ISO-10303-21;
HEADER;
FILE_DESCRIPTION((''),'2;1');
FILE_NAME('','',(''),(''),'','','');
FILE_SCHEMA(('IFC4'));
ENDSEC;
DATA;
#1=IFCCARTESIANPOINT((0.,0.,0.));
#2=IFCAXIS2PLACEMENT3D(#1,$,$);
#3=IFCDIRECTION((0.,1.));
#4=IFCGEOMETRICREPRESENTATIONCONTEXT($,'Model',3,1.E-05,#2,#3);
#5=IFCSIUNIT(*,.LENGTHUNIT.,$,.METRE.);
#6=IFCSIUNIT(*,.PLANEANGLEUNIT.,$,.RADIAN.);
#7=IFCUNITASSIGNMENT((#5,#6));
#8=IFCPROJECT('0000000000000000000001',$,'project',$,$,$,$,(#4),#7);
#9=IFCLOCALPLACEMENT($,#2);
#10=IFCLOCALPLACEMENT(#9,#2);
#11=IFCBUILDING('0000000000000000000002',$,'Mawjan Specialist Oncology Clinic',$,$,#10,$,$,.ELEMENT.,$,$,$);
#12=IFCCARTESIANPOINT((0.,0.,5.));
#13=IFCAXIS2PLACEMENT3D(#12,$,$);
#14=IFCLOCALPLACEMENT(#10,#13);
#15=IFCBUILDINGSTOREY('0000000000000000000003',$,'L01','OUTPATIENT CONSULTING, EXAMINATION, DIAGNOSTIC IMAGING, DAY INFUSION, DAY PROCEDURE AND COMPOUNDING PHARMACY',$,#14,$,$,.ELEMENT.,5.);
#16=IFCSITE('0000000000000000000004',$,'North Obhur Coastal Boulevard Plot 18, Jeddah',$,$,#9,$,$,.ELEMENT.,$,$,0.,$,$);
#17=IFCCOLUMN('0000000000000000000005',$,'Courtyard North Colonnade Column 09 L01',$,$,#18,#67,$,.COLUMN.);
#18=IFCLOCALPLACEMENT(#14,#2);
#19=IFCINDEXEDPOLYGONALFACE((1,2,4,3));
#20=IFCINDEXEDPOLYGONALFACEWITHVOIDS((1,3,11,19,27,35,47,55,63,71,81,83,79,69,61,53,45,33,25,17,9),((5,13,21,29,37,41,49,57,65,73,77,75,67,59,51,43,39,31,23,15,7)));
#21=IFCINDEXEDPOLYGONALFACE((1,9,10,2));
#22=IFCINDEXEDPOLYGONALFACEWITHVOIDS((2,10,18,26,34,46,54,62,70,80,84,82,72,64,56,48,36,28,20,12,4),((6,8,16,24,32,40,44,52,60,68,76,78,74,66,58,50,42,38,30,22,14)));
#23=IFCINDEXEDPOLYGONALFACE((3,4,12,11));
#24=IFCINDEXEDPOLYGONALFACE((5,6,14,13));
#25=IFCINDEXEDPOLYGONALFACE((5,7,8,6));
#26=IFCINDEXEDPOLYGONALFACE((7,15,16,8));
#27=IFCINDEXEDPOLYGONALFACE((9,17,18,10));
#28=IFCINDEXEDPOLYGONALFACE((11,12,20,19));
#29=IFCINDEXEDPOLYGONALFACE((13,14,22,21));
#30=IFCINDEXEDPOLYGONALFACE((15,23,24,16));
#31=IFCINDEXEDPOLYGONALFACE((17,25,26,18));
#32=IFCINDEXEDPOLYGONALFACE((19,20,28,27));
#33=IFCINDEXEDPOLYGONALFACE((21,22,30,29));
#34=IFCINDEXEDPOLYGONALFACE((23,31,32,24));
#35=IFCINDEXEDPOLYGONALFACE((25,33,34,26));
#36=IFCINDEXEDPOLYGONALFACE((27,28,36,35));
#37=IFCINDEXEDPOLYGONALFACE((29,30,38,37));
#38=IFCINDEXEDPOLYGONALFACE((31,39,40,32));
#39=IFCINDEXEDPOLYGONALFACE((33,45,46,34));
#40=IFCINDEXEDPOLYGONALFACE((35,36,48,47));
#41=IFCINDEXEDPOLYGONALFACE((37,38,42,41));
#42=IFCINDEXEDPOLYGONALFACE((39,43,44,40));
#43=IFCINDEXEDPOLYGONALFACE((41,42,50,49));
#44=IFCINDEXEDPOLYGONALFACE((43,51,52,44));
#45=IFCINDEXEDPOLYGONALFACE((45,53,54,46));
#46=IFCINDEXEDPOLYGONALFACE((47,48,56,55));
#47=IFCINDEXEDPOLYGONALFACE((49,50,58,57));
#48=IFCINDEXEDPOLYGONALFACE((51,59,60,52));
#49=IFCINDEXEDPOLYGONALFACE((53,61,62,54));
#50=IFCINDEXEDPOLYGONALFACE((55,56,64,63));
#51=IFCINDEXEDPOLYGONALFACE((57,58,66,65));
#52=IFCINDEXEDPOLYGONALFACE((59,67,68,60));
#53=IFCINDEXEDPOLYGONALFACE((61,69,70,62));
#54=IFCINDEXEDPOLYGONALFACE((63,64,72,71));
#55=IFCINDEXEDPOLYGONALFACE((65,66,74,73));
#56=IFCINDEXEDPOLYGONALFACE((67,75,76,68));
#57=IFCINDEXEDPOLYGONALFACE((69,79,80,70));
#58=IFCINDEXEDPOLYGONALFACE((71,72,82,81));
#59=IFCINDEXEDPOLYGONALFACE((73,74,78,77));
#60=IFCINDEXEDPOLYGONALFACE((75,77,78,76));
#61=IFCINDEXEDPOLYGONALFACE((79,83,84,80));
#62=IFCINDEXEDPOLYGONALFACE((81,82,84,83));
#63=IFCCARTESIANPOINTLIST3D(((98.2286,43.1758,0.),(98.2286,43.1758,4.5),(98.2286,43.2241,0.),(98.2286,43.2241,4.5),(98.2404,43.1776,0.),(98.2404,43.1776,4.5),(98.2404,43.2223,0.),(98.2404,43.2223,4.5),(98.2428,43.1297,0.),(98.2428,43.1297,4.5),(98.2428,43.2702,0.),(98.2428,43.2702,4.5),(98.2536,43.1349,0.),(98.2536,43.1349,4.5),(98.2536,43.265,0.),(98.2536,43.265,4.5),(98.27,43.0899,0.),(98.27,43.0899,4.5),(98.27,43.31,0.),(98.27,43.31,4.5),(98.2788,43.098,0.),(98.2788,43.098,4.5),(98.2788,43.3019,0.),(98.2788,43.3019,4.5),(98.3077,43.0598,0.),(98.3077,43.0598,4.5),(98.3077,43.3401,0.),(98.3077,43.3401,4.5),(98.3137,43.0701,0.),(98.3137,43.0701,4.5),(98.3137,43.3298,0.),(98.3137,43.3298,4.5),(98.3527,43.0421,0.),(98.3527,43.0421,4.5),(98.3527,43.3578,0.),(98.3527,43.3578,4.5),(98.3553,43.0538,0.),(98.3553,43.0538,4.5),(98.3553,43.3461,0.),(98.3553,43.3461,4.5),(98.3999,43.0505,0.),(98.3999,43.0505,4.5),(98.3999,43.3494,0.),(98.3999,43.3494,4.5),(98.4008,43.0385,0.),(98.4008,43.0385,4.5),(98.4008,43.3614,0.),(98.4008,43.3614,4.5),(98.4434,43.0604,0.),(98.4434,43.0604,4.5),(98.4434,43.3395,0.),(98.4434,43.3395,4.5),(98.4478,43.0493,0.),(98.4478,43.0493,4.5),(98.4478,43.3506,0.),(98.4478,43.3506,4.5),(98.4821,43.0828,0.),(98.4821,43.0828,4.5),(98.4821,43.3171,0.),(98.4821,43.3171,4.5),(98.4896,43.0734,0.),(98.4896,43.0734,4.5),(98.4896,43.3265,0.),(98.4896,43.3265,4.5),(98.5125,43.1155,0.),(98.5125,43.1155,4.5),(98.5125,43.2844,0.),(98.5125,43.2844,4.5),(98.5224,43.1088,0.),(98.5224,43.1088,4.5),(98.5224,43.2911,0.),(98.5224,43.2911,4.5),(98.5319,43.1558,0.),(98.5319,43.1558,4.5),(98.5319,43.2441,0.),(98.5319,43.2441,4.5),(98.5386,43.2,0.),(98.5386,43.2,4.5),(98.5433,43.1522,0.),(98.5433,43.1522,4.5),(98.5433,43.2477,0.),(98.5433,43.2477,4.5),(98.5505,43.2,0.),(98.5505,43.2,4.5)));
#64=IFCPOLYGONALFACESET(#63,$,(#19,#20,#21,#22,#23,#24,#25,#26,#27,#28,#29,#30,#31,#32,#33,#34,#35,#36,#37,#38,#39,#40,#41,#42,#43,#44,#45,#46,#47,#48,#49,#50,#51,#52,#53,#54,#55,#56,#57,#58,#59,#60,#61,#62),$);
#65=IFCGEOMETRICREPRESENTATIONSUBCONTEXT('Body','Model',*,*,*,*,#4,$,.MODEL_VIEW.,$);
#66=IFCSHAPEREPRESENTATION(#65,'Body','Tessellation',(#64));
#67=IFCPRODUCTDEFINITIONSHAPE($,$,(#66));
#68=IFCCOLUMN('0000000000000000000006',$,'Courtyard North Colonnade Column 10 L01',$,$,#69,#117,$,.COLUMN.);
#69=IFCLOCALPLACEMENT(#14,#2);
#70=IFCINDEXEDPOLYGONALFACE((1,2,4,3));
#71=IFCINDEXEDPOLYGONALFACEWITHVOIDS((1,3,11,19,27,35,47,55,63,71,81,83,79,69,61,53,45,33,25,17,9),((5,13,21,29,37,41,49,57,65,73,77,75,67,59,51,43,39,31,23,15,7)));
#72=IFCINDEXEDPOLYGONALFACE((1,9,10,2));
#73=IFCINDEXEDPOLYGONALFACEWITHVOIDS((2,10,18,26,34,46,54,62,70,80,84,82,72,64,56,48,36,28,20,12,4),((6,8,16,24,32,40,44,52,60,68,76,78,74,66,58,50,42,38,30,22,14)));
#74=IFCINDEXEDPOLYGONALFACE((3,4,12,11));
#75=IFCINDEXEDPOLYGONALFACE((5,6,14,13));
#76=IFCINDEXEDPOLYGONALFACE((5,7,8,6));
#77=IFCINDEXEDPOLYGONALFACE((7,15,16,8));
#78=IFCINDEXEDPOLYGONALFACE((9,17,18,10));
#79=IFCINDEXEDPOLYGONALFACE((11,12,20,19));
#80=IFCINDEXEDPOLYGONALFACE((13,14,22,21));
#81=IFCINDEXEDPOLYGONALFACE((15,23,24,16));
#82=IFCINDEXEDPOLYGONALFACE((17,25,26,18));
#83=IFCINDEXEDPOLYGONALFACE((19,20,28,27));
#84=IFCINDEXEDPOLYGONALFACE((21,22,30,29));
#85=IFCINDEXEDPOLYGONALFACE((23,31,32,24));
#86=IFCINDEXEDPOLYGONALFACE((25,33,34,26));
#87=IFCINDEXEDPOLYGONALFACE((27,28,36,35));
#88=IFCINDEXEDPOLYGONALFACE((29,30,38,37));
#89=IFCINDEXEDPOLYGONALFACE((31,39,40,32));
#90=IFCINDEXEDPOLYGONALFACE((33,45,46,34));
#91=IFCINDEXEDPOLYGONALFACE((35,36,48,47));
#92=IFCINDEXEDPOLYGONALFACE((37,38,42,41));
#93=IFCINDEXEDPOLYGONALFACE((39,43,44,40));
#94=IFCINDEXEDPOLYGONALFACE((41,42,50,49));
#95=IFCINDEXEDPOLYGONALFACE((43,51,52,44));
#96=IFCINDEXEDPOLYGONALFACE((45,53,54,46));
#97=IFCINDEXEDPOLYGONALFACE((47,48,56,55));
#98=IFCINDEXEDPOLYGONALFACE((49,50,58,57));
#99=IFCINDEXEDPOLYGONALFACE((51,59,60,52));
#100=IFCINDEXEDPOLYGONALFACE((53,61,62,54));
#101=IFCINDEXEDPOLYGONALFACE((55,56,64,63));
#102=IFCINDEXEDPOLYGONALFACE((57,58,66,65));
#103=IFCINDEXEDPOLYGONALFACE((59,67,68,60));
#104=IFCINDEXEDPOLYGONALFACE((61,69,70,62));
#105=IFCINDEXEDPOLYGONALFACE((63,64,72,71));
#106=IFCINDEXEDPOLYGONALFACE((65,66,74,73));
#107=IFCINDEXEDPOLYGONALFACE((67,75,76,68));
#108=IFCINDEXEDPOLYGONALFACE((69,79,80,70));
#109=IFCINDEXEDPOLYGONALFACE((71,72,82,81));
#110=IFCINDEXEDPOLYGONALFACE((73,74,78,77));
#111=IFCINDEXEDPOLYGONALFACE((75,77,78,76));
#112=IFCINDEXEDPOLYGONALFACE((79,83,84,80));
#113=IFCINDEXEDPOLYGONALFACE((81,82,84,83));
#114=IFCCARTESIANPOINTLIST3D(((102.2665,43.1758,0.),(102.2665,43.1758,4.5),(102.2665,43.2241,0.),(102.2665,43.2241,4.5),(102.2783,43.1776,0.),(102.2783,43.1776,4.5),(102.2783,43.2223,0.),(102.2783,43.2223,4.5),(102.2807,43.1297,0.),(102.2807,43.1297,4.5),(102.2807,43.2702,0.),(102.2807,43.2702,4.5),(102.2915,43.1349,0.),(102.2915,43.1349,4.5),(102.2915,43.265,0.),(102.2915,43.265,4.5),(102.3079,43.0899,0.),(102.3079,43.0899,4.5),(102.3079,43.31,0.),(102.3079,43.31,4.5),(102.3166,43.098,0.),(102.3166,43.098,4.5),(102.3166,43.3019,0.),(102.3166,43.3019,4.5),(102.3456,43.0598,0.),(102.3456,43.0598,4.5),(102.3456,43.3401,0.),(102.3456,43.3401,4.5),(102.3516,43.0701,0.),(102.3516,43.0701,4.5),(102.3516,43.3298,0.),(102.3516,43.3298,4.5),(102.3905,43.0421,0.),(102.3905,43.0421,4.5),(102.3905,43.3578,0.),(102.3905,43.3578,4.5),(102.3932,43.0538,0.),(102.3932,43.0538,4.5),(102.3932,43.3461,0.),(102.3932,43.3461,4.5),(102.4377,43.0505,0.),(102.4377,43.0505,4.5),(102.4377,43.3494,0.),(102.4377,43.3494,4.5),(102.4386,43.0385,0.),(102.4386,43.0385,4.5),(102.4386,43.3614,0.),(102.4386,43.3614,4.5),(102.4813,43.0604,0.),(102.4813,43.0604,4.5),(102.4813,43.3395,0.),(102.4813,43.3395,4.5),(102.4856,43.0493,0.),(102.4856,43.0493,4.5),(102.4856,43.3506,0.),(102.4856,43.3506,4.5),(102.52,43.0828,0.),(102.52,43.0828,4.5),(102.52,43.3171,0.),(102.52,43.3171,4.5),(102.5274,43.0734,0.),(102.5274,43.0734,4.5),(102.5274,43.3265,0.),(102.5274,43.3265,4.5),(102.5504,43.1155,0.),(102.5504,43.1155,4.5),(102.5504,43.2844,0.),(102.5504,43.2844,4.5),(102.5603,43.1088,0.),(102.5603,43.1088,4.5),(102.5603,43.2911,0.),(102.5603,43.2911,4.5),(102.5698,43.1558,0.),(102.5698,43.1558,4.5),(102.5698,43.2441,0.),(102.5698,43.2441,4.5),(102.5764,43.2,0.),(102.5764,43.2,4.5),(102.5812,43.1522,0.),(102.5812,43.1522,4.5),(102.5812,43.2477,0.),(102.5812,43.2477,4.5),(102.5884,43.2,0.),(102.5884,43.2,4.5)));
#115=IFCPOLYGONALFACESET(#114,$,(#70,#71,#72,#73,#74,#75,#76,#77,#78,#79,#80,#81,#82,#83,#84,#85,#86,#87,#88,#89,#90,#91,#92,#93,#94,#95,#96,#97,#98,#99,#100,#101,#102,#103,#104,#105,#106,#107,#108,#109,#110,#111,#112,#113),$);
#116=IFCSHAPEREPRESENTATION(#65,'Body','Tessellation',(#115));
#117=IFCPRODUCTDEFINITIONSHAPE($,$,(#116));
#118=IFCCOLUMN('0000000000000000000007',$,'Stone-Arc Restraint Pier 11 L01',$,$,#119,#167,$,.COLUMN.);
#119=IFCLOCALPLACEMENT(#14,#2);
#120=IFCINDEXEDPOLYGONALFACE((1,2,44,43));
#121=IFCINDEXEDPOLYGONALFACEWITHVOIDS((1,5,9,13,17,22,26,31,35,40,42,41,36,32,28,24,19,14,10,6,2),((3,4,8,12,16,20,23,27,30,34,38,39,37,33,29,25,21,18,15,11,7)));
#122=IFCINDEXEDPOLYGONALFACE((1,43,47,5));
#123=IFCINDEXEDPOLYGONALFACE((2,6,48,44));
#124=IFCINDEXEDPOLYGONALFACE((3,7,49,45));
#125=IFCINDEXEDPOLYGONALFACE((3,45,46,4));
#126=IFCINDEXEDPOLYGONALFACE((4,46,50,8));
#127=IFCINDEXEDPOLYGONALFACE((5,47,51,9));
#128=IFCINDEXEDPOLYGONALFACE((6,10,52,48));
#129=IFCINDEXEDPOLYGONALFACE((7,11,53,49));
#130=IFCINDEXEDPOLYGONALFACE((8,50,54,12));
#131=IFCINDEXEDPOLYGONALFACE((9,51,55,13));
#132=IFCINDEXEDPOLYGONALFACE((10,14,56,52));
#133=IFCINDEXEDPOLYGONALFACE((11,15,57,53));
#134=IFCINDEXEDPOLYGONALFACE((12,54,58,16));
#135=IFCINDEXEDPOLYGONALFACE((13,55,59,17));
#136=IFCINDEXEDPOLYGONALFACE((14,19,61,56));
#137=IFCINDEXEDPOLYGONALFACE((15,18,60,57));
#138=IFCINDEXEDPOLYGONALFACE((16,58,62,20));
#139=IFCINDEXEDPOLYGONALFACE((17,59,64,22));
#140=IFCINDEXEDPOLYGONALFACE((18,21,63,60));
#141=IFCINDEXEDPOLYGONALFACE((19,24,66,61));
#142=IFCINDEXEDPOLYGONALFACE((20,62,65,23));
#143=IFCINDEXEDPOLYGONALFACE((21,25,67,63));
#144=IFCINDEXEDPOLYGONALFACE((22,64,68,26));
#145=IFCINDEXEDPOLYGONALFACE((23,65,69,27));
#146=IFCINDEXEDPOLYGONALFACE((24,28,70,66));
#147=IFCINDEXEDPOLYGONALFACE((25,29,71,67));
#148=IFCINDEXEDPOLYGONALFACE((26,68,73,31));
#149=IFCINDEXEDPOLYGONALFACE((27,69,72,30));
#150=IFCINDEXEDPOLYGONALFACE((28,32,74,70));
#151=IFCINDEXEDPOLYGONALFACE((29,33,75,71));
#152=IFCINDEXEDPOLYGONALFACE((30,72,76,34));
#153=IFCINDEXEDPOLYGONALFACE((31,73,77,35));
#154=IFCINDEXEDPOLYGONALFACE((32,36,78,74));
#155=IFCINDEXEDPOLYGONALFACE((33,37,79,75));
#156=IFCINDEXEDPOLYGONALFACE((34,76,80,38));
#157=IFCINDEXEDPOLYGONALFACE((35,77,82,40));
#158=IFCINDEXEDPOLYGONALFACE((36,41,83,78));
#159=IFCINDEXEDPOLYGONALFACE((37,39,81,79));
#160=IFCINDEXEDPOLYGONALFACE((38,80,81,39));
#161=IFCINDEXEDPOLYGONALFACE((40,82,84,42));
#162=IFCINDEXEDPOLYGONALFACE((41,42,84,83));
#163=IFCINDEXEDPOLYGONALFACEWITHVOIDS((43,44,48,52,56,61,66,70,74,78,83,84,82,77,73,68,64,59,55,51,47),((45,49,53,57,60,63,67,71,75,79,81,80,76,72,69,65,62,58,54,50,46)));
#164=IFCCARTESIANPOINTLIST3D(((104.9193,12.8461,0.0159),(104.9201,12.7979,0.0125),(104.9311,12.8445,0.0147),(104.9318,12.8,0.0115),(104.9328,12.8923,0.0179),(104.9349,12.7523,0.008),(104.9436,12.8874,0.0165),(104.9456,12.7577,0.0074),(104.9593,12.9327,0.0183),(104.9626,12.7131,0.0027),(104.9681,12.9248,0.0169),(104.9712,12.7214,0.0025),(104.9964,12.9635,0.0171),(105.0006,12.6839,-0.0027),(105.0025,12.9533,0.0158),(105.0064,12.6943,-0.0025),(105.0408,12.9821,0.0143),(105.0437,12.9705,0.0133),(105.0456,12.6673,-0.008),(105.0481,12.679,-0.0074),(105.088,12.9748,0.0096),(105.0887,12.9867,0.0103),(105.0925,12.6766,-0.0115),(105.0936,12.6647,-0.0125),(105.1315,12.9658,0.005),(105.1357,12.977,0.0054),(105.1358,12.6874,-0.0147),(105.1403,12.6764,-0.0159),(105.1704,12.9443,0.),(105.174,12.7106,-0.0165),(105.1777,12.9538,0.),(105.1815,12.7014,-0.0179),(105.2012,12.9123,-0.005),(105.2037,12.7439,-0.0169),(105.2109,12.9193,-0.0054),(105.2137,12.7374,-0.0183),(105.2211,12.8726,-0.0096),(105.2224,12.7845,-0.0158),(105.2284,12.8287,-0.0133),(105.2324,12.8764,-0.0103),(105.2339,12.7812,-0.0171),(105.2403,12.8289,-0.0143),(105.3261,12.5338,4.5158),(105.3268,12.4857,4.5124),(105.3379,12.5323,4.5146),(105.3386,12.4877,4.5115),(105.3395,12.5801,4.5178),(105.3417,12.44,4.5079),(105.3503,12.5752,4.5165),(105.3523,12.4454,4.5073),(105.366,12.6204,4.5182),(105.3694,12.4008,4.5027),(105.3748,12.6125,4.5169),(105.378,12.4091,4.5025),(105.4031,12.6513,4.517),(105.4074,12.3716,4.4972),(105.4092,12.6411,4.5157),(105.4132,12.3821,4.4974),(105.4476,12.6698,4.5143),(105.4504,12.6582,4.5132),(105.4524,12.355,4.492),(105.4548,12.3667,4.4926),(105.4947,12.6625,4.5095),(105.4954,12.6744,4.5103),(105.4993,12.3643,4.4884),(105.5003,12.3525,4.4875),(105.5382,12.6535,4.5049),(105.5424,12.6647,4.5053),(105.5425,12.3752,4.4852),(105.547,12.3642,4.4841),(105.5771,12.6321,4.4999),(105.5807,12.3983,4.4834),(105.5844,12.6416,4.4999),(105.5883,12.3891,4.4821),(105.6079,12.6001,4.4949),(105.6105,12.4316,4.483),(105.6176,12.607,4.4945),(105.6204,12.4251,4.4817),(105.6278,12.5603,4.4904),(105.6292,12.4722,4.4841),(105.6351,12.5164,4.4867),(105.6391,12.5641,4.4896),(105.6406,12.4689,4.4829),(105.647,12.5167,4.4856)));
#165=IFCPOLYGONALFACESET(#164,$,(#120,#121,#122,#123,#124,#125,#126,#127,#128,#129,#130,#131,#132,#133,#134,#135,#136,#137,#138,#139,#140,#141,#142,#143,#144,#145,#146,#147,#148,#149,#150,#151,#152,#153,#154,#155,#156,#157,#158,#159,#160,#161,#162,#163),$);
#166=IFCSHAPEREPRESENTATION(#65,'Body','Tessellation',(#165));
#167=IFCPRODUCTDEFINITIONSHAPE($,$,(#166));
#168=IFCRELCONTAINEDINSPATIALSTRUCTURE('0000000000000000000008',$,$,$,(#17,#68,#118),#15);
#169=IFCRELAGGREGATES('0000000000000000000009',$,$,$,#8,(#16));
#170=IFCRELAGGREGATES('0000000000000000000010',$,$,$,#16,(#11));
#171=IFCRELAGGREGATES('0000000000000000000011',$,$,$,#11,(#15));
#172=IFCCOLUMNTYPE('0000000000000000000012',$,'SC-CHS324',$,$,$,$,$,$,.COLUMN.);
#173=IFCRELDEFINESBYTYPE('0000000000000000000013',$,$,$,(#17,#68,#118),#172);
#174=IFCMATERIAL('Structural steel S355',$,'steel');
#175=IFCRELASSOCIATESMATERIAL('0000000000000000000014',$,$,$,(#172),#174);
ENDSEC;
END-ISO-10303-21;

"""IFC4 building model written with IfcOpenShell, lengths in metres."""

from ifc_helpers import new_model, si_unit, direction, frame, origin, origin_2d, place, context, subcontext, project, spatial, hollow_circle, extrude, material, material_profile, profile_set, type_object, element, save


model = new_model("IFC4")

# Units and contexts
model_context = context("Model", 3, precision=1e-05, world=origin(), true_north=direction((0.0, 1.0)))
body_context = subcontext(model_context, "Body", "Model", "MODEL_VIEW")
ifc_project = project(units=[si_unit("LENGTHUNIT", "METRE"), si_unit("PLANEANGLEUNIT", "RADIAN")], contexts=[model_context])

# Site, building, storey
site_placement = place(None, origin())
site = spatial("IfcSite", under=ifc_project, at=site_placement, Name="North Obhur Coastal Boulevard Plot 18, Jeddah", CompositionType="ELEMENT", RefElevation=0.0)
building_placement = place(site_placement, origin())
building = spatial("IfcBuilding", under=site, at=building_placement, Name="Mawjan Specialist Oncology Clinic", CompositionType="ELEMENT")
storey_placement = place(building_placement, frame((0.0, 0.0, 5.0)))
storey = spatial("IfcBuildingStorey", under=building, at=storey_placement, Name="L01", Description="OUTPATIENT CONSULTING, EXAMINATION, DIAGNOSTIC IMAGING, DAY INFUSION, DAY PROCEDURE AND COMPOUNDING PHARMACY", CompositionType="ELEMENT", Elevation=5.0)

# Columns
ifc_material_1 = material(Name="Structural steel S355", Category="steel")
ifc_material_profile = material_profile(ifc_material_1, hollow_circle(Radius=0.1619, WallThickness=0.012, at=origin_2d()), Name="CHS 323.9x12", Category="steel")
ifc_profile_set = profile_set([ifc_material_profile], Name="Structural steel S355")
column_type = type_object("IfcColumnType", Name="SC-CHS324", PredefinedType="COLUMN", material=ifc_profile_set)
for number, where, z_axis, x_axis, name in (
    (1, (98.3887, 43.2, 0.0), (0.0, 0.0, 1.0), (1.0, 0.0, 0.0), "Courtyard North Colonnade Column 09 L01"),
    (2, (102.4265, 43.2, 0.0), (0.0, 0.0, 1.0), (1.0, 0.0, 0.0), "Courtyard North Colonnade Column 10 L01"),
):
    element("IfcColumn", number, at=place(storey_placement, frame(where, z_axis=z_axis, x_axis=x_axis)), inside=storey, type_object=column_type, Name=name, PredefinedType="COLUMN", context=body_context, shape_type="SweptSolid", body=[
        extrude(hollow_circle(Radius=0.1619, WallThickness=0.012, at=origin_2d()), origin(), (0.0, 0.0, 1.0), 4.5),
    ])
column_1_placement = place(storey_placement, frame((105.0791, 12.8254, 0.0), z_axis=(0.089805, -0.068944, 0.99357), x_axis=(0.608951, 0.793208, 0.0)))
element("IfcColumn", 3, at=column_1_placement, inside=storey, type_object=column_type, Name="Stone-Arc Restraint Pier 11 L01", PredefinedType="COLUMN", context=body_context, shape_type="SweptSolid", body=[
    extrude(hollow_circle(Radius=0.1619, WallThickness=0.012, at=origin_2d()), origin(), (0.0, 0.0, 1.0), 4.5291),
])

save(model, "model.ifc")
